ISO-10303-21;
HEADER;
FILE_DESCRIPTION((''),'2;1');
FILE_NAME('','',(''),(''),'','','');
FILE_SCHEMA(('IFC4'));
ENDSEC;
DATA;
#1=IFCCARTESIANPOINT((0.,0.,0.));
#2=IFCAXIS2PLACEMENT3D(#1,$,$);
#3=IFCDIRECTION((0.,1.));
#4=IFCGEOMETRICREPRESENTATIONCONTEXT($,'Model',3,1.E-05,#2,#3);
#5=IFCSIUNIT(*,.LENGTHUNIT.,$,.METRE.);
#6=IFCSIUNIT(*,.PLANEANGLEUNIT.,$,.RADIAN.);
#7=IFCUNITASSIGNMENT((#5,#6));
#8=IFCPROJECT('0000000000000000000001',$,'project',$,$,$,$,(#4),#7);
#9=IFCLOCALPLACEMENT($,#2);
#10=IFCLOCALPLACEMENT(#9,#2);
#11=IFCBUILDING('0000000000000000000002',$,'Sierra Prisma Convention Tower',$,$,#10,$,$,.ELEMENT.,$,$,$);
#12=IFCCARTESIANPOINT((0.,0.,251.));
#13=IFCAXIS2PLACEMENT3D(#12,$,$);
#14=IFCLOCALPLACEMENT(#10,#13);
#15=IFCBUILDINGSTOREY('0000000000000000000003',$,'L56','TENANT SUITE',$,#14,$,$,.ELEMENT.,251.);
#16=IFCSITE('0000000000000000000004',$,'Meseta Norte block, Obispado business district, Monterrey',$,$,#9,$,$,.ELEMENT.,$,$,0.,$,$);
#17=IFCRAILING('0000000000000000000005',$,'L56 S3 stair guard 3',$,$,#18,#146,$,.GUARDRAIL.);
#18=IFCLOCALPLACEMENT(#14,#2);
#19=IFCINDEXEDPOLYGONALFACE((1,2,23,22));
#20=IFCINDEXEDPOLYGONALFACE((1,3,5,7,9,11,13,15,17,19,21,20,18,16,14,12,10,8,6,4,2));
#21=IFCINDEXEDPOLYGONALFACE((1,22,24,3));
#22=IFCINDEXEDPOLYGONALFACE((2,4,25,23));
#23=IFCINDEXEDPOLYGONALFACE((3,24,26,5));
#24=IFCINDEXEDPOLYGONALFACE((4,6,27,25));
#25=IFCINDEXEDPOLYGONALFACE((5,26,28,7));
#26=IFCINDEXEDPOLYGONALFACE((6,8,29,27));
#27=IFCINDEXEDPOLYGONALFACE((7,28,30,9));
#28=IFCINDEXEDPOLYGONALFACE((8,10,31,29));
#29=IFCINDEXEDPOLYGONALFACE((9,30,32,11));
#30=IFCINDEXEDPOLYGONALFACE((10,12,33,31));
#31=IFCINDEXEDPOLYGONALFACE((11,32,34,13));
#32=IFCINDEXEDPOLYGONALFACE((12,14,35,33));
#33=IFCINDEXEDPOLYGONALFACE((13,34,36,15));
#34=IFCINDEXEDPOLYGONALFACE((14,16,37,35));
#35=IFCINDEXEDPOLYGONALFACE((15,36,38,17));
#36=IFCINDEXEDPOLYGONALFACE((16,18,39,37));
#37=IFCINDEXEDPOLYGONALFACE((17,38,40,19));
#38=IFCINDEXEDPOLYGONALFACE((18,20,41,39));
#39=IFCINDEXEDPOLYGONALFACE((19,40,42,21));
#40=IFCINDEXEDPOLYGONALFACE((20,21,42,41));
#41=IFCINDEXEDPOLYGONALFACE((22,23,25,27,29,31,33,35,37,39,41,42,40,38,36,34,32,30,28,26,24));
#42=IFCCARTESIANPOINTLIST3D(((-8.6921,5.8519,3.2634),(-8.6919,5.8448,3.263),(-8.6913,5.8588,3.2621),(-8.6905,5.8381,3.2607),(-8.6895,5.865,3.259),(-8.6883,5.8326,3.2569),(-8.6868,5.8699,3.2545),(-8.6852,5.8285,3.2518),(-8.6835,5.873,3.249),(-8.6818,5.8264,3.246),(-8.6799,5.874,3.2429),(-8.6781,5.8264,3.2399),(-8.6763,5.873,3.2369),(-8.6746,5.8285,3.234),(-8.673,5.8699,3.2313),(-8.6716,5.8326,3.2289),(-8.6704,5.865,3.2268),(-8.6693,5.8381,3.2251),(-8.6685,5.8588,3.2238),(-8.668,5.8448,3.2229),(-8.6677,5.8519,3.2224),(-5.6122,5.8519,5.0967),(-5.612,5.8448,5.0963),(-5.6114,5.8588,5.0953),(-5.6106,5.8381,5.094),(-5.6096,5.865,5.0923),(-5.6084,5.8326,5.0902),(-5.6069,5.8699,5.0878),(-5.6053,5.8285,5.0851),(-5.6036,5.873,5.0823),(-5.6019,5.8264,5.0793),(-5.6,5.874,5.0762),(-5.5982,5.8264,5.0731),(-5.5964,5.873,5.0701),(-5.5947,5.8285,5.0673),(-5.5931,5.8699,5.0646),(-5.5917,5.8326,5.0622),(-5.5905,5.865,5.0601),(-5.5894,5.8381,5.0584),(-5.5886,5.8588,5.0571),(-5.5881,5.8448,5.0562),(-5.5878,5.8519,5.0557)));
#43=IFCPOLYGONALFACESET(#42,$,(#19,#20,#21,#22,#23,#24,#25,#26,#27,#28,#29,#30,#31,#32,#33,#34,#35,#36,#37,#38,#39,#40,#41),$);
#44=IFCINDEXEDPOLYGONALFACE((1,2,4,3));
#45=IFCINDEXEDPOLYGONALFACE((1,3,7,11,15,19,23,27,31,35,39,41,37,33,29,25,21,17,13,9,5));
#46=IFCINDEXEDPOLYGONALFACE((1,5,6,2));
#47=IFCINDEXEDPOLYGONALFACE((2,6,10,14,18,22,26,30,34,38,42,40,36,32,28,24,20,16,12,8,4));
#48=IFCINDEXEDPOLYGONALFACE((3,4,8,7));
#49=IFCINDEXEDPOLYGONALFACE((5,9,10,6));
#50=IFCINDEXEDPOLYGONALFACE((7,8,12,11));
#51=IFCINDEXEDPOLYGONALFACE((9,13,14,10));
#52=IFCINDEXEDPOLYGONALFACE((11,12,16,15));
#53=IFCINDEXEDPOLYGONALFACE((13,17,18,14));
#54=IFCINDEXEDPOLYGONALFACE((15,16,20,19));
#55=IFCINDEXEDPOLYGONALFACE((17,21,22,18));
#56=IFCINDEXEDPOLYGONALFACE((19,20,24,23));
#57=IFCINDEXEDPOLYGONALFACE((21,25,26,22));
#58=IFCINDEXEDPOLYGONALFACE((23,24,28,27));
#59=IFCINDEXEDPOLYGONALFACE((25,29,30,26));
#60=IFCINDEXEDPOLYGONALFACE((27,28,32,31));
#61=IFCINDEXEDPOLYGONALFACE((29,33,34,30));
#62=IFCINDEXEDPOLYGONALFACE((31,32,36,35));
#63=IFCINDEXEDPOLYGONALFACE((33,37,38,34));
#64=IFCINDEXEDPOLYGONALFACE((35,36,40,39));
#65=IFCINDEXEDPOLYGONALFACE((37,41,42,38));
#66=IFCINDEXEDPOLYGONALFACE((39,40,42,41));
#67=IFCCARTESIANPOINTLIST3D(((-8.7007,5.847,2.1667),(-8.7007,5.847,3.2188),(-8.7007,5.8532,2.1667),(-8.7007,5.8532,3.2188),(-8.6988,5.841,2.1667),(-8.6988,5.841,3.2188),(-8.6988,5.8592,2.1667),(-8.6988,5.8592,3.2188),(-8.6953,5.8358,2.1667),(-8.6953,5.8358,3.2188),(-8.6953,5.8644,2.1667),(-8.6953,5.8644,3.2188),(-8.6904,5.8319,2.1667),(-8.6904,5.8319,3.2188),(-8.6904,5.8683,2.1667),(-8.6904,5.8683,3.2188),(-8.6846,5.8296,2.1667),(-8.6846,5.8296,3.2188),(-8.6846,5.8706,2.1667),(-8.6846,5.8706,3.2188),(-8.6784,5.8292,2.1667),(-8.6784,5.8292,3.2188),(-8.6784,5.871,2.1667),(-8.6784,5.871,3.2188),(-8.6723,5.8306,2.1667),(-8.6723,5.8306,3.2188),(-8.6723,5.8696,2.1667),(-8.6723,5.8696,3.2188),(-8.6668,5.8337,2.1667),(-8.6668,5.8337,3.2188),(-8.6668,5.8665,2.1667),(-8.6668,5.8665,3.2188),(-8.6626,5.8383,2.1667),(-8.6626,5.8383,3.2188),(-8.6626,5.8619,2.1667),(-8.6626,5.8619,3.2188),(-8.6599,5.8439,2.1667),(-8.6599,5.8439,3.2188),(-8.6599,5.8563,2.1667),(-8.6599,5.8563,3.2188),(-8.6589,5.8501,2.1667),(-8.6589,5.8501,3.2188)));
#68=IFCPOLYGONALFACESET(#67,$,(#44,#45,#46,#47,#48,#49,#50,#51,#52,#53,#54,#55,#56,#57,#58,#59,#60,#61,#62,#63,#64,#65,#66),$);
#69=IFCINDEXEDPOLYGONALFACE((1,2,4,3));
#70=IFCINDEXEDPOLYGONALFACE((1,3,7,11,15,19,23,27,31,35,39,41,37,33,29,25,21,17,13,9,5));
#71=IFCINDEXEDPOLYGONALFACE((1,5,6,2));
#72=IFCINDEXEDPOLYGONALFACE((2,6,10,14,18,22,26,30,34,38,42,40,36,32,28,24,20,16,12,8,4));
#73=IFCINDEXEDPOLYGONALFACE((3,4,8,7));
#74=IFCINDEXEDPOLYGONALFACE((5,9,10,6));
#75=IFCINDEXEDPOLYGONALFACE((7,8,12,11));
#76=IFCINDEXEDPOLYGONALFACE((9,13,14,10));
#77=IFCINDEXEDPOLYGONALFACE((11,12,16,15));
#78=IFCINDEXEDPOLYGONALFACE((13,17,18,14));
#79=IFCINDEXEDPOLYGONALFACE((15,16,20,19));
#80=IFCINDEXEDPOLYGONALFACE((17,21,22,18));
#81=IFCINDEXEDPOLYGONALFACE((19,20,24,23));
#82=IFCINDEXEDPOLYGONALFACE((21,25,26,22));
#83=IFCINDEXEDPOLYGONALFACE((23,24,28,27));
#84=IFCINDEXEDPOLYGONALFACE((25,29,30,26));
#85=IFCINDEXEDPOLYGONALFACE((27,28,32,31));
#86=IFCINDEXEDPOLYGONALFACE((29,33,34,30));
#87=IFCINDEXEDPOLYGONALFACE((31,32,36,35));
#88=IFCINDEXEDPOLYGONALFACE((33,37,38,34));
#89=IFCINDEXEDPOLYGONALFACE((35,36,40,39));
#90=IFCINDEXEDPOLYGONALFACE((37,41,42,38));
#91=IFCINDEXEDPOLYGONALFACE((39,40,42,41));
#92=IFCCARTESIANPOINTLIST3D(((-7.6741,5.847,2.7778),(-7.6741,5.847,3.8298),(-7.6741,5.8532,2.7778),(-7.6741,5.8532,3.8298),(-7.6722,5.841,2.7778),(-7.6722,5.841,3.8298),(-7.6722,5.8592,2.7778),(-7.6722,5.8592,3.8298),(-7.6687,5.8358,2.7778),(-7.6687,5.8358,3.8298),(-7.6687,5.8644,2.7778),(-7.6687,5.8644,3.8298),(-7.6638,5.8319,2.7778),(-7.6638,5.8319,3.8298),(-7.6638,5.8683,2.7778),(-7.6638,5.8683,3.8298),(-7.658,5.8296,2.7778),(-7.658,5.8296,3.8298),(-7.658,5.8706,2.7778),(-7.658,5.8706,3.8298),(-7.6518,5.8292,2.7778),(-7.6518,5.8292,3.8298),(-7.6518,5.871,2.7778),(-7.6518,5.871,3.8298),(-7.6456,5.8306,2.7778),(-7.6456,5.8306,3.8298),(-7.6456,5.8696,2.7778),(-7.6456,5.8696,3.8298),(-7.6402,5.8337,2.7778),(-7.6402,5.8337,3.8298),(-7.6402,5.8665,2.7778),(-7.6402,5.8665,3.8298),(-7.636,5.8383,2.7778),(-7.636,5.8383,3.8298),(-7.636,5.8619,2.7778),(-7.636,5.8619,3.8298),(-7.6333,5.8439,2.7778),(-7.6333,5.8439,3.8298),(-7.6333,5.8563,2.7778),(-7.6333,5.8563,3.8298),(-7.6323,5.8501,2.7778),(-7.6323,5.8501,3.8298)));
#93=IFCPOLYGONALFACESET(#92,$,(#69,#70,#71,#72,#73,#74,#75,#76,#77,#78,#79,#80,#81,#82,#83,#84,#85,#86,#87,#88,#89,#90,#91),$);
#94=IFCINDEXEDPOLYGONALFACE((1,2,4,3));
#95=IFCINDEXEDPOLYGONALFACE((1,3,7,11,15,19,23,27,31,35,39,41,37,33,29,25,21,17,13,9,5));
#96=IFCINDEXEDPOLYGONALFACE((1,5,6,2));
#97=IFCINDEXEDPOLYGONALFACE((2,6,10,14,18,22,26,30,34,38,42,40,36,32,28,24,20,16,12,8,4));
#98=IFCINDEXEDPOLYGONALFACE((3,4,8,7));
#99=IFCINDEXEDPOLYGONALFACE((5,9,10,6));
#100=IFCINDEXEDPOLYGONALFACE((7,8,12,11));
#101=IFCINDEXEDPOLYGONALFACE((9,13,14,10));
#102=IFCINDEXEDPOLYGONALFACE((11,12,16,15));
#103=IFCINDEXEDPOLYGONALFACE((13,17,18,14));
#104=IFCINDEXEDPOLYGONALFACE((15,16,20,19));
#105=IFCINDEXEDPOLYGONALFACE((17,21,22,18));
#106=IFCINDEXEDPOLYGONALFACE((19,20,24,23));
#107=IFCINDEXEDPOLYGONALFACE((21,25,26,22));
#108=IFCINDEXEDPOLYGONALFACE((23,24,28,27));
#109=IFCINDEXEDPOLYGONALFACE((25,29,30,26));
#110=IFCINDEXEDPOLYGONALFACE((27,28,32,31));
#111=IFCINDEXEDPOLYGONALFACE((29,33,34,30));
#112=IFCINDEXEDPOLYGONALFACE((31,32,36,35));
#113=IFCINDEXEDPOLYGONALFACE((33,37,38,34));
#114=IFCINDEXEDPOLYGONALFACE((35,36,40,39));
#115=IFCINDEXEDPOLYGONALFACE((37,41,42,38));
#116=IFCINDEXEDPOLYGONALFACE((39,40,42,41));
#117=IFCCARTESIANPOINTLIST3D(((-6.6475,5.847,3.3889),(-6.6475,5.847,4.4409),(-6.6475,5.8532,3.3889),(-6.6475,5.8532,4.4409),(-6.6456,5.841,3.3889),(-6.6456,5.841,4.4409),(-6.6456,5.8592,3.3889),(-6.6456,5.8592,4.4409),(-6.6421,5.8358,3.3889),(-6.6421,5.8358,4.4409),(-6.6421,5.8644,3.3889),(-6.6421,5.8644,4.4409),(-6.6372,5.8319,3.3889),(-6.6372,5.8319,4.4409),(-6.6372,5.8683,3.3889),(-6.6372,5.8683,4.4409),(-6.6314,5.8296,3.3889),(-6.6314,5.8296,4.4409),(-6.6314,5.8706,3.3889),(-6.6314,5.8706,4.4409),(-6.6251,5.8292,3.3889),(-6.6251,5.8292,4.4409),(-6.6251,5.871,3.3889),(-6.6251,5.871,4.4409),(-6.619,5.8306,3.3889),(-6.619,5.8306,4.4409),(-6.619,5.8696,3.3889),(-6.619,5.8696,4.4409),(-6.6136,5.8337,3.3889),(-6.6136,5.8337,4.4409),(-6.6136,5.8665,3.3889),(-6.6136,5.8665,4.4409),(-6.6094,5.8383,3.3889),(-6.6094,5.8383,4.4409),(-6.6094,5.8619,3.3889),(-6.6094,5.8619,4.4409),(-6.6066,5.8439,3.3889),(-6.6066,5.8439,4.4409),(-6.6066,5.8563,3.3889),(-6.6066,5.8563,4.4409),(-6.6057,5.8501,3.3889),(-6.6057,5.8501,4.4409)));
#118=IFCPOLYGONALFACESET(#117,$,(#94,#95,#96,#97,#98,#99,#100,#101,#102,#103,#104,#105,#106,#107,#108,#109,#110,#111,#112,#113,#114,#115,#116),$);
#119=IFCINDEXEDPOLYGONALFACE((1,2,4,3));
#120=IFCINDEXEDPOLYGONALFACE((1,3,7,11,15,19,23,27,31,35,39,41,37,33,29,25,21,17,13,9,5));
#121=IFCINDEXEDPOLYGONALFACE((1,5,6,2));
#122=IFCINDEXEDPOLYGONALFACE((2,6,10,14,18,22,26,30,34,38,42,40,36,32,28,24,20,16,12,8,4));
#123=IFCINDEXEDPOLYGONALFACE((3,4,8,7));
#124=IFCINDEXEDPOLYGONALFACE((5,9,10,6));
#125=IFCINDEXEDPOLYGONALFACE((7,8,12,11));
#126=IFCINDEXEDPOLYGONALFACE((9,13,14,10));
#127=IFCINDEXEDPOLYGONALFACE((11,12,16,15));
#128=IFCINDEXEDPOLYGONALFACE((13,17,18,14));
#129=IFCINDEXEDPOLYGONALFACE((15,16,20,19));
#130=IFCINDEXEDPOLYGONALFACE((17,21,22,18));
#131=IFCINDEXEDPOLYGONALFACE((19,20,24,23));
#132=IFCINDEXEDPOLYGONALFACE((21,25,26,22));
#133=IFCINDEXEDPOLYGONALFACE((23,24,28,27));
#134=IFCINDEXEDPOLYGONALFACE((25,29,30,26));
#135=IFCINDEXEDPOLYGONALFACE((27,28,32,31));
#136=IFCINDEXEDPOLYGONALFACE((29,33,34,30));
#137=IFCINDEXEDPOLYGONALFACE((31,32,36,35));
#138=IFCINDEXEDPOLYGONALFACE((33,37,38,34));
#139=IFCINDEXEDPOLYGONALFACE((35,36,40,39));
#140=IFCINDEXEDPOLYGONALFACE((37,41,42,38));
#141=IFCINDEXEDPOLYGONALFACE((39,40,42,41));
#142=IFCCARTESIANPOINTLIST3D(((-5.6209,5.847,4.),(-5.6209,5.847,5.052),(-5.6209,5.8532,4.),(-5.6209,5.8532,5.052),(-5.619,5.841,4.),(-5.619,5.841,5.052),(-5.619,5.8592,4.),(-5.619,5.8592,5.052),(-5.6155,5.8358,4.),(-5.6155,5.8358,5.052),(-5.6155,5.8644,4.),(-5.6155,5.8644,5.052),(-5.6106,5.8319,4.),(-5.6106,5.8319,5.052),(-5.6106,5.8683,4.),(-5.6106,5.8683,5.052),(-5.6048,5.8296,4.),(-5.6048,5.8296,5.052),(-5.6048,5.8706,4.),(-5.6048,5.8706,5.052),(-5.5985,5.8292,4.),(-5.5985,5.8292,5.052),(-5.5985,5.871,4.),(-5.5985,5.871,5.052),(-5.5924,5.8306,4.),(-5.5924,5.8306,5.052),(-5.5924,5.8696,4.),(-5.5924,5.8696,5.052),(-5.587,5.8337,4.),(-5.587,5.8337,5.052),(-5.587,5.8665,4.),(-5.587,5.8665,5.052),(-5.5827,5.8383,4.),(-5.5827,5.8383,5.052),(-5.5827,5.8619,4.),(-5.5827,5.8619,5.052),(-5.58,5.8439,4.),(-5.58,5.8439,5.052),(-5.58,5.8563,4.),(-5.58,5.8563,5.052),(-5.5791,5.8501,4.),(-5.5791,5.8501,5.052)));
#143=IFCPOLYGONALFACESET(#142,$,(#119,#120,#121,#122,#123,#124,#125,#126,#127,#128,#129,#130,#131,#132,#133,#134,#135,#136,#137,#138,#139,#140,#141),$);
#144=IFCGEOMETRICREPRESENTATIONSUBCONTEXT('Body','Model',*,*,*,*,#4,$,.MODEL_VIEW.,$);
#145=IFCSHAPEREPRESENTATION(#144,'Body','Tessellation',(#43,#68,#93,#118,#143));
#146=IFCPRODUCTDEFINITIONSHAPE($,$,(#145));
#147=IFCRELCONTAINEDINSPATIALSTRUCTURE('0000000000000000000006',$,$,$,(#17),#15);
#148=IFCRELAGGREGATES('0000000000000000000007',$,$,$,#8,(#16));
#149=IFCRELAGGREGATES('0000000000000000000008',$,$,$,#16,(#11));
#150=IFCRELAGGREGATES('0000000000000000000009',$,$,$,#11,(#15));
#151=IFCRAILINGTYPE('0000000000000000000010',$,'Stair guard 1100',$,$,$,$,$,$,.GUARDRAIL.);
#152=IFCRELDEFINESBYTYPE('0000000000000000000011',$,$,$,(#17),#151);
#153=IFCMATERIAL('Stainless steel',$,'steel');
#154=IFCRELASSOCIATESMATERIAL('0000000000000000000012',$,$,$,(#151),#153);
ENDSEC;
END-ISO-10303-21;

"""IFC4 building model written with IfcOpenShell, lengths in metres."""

from ifc_helpers import new_model, si_unit, direction, frame, origin, origin_2d, place, context, subcontext, project, spatial, circle, extrude, material, type_object, element, save


model = new_model("IFC4")

# Units and contexts
model_context = context("Model", 3, precision=1e-05, world=origin(), true_north=direction((0.0, 1.0)))
body_context = subcontext(model_context, "Body", "Model", "MODEL_VIEW")
ifc_project = project(units=[si_unit("LENGTHUNIT", "METRE"), si_unit("PLANEANGLEUNIT", "RADIAN")], contexts=[model_context])

# Site, building, storey
site_placement = place(None, origin())
site = spatial("IfcSite", under=ifc_project, at=site_placement, Name="Meseta Norte block, Obispado business district, Monterrey", CompositionType="ELEMENT", RefElevation=0.0)
building_placement = place(site_placement, origin())
building = spatial("IfcBuilding", under=site, at=building_placement, Name="Sierra Prisma Convention Tower", CompositionType="ELEMENT")
storey_placement = place(building_placement, frame((0.0, 0.0, 251.0)))
storey = spatial("IfcBuildingStorey", under=building, at=storey_placement, Name="L56", Description="TENANT SUITE", CompositionType="ELEMENT", Elevation=251.0)

# Railing
ifc_material_1 = material(Name="Stainless steel", Category="steel")
railing_type_1 = type_object("IfcRailingType", Name="Stair guard 1100", PredefinedType="GUARDRAIL", material=ifc_material_1)
railing_1_placement = place(storey_placement, frame((-8.6799, 5.8501, 2.1667)))
element("IfcRailing", 1, at=railing_1_placement, inside=storey, type_object=railing_type_1, Name="L56 S3 stair guard 3", PredefinedType="GUARDRAIL", context=body_context, shape_type="SweptSolid", body=[
    extrude(circle(Radius=0.0239, at=origin_2d()), frame((0.0, 0.0, 1.0762), z_axis=(0.859291, 0.0, 0.511487), x_axis=(0.0, 1.0, 0.0)), (0.0, 0.0, 1.0), 3.5842),
    extrude(circle(Radius=0.021, at=origin_2d()), origin(), (0.0, 0.0, 1.0), 1.052),
    extrude(circle(Radius=0.021, at=origin_2d()), frame((1.0266, 0.0, 0.6111)), (0.0, 0.0, 1.0), 1.052),
    extrude(circle(Radius=0.021, at=origin_2d()), frame((2.0532, 0.0, 1.2222)), (0.0, 0.0, 1.0), 1.052),
    extrude(circle(Radius=0.021, at=origin_2d()), frame((3.0798, 0.0, 1.8333)), (0.0, 0.0, 1.0), 1.052),
])

save(model, "model.ifc")
